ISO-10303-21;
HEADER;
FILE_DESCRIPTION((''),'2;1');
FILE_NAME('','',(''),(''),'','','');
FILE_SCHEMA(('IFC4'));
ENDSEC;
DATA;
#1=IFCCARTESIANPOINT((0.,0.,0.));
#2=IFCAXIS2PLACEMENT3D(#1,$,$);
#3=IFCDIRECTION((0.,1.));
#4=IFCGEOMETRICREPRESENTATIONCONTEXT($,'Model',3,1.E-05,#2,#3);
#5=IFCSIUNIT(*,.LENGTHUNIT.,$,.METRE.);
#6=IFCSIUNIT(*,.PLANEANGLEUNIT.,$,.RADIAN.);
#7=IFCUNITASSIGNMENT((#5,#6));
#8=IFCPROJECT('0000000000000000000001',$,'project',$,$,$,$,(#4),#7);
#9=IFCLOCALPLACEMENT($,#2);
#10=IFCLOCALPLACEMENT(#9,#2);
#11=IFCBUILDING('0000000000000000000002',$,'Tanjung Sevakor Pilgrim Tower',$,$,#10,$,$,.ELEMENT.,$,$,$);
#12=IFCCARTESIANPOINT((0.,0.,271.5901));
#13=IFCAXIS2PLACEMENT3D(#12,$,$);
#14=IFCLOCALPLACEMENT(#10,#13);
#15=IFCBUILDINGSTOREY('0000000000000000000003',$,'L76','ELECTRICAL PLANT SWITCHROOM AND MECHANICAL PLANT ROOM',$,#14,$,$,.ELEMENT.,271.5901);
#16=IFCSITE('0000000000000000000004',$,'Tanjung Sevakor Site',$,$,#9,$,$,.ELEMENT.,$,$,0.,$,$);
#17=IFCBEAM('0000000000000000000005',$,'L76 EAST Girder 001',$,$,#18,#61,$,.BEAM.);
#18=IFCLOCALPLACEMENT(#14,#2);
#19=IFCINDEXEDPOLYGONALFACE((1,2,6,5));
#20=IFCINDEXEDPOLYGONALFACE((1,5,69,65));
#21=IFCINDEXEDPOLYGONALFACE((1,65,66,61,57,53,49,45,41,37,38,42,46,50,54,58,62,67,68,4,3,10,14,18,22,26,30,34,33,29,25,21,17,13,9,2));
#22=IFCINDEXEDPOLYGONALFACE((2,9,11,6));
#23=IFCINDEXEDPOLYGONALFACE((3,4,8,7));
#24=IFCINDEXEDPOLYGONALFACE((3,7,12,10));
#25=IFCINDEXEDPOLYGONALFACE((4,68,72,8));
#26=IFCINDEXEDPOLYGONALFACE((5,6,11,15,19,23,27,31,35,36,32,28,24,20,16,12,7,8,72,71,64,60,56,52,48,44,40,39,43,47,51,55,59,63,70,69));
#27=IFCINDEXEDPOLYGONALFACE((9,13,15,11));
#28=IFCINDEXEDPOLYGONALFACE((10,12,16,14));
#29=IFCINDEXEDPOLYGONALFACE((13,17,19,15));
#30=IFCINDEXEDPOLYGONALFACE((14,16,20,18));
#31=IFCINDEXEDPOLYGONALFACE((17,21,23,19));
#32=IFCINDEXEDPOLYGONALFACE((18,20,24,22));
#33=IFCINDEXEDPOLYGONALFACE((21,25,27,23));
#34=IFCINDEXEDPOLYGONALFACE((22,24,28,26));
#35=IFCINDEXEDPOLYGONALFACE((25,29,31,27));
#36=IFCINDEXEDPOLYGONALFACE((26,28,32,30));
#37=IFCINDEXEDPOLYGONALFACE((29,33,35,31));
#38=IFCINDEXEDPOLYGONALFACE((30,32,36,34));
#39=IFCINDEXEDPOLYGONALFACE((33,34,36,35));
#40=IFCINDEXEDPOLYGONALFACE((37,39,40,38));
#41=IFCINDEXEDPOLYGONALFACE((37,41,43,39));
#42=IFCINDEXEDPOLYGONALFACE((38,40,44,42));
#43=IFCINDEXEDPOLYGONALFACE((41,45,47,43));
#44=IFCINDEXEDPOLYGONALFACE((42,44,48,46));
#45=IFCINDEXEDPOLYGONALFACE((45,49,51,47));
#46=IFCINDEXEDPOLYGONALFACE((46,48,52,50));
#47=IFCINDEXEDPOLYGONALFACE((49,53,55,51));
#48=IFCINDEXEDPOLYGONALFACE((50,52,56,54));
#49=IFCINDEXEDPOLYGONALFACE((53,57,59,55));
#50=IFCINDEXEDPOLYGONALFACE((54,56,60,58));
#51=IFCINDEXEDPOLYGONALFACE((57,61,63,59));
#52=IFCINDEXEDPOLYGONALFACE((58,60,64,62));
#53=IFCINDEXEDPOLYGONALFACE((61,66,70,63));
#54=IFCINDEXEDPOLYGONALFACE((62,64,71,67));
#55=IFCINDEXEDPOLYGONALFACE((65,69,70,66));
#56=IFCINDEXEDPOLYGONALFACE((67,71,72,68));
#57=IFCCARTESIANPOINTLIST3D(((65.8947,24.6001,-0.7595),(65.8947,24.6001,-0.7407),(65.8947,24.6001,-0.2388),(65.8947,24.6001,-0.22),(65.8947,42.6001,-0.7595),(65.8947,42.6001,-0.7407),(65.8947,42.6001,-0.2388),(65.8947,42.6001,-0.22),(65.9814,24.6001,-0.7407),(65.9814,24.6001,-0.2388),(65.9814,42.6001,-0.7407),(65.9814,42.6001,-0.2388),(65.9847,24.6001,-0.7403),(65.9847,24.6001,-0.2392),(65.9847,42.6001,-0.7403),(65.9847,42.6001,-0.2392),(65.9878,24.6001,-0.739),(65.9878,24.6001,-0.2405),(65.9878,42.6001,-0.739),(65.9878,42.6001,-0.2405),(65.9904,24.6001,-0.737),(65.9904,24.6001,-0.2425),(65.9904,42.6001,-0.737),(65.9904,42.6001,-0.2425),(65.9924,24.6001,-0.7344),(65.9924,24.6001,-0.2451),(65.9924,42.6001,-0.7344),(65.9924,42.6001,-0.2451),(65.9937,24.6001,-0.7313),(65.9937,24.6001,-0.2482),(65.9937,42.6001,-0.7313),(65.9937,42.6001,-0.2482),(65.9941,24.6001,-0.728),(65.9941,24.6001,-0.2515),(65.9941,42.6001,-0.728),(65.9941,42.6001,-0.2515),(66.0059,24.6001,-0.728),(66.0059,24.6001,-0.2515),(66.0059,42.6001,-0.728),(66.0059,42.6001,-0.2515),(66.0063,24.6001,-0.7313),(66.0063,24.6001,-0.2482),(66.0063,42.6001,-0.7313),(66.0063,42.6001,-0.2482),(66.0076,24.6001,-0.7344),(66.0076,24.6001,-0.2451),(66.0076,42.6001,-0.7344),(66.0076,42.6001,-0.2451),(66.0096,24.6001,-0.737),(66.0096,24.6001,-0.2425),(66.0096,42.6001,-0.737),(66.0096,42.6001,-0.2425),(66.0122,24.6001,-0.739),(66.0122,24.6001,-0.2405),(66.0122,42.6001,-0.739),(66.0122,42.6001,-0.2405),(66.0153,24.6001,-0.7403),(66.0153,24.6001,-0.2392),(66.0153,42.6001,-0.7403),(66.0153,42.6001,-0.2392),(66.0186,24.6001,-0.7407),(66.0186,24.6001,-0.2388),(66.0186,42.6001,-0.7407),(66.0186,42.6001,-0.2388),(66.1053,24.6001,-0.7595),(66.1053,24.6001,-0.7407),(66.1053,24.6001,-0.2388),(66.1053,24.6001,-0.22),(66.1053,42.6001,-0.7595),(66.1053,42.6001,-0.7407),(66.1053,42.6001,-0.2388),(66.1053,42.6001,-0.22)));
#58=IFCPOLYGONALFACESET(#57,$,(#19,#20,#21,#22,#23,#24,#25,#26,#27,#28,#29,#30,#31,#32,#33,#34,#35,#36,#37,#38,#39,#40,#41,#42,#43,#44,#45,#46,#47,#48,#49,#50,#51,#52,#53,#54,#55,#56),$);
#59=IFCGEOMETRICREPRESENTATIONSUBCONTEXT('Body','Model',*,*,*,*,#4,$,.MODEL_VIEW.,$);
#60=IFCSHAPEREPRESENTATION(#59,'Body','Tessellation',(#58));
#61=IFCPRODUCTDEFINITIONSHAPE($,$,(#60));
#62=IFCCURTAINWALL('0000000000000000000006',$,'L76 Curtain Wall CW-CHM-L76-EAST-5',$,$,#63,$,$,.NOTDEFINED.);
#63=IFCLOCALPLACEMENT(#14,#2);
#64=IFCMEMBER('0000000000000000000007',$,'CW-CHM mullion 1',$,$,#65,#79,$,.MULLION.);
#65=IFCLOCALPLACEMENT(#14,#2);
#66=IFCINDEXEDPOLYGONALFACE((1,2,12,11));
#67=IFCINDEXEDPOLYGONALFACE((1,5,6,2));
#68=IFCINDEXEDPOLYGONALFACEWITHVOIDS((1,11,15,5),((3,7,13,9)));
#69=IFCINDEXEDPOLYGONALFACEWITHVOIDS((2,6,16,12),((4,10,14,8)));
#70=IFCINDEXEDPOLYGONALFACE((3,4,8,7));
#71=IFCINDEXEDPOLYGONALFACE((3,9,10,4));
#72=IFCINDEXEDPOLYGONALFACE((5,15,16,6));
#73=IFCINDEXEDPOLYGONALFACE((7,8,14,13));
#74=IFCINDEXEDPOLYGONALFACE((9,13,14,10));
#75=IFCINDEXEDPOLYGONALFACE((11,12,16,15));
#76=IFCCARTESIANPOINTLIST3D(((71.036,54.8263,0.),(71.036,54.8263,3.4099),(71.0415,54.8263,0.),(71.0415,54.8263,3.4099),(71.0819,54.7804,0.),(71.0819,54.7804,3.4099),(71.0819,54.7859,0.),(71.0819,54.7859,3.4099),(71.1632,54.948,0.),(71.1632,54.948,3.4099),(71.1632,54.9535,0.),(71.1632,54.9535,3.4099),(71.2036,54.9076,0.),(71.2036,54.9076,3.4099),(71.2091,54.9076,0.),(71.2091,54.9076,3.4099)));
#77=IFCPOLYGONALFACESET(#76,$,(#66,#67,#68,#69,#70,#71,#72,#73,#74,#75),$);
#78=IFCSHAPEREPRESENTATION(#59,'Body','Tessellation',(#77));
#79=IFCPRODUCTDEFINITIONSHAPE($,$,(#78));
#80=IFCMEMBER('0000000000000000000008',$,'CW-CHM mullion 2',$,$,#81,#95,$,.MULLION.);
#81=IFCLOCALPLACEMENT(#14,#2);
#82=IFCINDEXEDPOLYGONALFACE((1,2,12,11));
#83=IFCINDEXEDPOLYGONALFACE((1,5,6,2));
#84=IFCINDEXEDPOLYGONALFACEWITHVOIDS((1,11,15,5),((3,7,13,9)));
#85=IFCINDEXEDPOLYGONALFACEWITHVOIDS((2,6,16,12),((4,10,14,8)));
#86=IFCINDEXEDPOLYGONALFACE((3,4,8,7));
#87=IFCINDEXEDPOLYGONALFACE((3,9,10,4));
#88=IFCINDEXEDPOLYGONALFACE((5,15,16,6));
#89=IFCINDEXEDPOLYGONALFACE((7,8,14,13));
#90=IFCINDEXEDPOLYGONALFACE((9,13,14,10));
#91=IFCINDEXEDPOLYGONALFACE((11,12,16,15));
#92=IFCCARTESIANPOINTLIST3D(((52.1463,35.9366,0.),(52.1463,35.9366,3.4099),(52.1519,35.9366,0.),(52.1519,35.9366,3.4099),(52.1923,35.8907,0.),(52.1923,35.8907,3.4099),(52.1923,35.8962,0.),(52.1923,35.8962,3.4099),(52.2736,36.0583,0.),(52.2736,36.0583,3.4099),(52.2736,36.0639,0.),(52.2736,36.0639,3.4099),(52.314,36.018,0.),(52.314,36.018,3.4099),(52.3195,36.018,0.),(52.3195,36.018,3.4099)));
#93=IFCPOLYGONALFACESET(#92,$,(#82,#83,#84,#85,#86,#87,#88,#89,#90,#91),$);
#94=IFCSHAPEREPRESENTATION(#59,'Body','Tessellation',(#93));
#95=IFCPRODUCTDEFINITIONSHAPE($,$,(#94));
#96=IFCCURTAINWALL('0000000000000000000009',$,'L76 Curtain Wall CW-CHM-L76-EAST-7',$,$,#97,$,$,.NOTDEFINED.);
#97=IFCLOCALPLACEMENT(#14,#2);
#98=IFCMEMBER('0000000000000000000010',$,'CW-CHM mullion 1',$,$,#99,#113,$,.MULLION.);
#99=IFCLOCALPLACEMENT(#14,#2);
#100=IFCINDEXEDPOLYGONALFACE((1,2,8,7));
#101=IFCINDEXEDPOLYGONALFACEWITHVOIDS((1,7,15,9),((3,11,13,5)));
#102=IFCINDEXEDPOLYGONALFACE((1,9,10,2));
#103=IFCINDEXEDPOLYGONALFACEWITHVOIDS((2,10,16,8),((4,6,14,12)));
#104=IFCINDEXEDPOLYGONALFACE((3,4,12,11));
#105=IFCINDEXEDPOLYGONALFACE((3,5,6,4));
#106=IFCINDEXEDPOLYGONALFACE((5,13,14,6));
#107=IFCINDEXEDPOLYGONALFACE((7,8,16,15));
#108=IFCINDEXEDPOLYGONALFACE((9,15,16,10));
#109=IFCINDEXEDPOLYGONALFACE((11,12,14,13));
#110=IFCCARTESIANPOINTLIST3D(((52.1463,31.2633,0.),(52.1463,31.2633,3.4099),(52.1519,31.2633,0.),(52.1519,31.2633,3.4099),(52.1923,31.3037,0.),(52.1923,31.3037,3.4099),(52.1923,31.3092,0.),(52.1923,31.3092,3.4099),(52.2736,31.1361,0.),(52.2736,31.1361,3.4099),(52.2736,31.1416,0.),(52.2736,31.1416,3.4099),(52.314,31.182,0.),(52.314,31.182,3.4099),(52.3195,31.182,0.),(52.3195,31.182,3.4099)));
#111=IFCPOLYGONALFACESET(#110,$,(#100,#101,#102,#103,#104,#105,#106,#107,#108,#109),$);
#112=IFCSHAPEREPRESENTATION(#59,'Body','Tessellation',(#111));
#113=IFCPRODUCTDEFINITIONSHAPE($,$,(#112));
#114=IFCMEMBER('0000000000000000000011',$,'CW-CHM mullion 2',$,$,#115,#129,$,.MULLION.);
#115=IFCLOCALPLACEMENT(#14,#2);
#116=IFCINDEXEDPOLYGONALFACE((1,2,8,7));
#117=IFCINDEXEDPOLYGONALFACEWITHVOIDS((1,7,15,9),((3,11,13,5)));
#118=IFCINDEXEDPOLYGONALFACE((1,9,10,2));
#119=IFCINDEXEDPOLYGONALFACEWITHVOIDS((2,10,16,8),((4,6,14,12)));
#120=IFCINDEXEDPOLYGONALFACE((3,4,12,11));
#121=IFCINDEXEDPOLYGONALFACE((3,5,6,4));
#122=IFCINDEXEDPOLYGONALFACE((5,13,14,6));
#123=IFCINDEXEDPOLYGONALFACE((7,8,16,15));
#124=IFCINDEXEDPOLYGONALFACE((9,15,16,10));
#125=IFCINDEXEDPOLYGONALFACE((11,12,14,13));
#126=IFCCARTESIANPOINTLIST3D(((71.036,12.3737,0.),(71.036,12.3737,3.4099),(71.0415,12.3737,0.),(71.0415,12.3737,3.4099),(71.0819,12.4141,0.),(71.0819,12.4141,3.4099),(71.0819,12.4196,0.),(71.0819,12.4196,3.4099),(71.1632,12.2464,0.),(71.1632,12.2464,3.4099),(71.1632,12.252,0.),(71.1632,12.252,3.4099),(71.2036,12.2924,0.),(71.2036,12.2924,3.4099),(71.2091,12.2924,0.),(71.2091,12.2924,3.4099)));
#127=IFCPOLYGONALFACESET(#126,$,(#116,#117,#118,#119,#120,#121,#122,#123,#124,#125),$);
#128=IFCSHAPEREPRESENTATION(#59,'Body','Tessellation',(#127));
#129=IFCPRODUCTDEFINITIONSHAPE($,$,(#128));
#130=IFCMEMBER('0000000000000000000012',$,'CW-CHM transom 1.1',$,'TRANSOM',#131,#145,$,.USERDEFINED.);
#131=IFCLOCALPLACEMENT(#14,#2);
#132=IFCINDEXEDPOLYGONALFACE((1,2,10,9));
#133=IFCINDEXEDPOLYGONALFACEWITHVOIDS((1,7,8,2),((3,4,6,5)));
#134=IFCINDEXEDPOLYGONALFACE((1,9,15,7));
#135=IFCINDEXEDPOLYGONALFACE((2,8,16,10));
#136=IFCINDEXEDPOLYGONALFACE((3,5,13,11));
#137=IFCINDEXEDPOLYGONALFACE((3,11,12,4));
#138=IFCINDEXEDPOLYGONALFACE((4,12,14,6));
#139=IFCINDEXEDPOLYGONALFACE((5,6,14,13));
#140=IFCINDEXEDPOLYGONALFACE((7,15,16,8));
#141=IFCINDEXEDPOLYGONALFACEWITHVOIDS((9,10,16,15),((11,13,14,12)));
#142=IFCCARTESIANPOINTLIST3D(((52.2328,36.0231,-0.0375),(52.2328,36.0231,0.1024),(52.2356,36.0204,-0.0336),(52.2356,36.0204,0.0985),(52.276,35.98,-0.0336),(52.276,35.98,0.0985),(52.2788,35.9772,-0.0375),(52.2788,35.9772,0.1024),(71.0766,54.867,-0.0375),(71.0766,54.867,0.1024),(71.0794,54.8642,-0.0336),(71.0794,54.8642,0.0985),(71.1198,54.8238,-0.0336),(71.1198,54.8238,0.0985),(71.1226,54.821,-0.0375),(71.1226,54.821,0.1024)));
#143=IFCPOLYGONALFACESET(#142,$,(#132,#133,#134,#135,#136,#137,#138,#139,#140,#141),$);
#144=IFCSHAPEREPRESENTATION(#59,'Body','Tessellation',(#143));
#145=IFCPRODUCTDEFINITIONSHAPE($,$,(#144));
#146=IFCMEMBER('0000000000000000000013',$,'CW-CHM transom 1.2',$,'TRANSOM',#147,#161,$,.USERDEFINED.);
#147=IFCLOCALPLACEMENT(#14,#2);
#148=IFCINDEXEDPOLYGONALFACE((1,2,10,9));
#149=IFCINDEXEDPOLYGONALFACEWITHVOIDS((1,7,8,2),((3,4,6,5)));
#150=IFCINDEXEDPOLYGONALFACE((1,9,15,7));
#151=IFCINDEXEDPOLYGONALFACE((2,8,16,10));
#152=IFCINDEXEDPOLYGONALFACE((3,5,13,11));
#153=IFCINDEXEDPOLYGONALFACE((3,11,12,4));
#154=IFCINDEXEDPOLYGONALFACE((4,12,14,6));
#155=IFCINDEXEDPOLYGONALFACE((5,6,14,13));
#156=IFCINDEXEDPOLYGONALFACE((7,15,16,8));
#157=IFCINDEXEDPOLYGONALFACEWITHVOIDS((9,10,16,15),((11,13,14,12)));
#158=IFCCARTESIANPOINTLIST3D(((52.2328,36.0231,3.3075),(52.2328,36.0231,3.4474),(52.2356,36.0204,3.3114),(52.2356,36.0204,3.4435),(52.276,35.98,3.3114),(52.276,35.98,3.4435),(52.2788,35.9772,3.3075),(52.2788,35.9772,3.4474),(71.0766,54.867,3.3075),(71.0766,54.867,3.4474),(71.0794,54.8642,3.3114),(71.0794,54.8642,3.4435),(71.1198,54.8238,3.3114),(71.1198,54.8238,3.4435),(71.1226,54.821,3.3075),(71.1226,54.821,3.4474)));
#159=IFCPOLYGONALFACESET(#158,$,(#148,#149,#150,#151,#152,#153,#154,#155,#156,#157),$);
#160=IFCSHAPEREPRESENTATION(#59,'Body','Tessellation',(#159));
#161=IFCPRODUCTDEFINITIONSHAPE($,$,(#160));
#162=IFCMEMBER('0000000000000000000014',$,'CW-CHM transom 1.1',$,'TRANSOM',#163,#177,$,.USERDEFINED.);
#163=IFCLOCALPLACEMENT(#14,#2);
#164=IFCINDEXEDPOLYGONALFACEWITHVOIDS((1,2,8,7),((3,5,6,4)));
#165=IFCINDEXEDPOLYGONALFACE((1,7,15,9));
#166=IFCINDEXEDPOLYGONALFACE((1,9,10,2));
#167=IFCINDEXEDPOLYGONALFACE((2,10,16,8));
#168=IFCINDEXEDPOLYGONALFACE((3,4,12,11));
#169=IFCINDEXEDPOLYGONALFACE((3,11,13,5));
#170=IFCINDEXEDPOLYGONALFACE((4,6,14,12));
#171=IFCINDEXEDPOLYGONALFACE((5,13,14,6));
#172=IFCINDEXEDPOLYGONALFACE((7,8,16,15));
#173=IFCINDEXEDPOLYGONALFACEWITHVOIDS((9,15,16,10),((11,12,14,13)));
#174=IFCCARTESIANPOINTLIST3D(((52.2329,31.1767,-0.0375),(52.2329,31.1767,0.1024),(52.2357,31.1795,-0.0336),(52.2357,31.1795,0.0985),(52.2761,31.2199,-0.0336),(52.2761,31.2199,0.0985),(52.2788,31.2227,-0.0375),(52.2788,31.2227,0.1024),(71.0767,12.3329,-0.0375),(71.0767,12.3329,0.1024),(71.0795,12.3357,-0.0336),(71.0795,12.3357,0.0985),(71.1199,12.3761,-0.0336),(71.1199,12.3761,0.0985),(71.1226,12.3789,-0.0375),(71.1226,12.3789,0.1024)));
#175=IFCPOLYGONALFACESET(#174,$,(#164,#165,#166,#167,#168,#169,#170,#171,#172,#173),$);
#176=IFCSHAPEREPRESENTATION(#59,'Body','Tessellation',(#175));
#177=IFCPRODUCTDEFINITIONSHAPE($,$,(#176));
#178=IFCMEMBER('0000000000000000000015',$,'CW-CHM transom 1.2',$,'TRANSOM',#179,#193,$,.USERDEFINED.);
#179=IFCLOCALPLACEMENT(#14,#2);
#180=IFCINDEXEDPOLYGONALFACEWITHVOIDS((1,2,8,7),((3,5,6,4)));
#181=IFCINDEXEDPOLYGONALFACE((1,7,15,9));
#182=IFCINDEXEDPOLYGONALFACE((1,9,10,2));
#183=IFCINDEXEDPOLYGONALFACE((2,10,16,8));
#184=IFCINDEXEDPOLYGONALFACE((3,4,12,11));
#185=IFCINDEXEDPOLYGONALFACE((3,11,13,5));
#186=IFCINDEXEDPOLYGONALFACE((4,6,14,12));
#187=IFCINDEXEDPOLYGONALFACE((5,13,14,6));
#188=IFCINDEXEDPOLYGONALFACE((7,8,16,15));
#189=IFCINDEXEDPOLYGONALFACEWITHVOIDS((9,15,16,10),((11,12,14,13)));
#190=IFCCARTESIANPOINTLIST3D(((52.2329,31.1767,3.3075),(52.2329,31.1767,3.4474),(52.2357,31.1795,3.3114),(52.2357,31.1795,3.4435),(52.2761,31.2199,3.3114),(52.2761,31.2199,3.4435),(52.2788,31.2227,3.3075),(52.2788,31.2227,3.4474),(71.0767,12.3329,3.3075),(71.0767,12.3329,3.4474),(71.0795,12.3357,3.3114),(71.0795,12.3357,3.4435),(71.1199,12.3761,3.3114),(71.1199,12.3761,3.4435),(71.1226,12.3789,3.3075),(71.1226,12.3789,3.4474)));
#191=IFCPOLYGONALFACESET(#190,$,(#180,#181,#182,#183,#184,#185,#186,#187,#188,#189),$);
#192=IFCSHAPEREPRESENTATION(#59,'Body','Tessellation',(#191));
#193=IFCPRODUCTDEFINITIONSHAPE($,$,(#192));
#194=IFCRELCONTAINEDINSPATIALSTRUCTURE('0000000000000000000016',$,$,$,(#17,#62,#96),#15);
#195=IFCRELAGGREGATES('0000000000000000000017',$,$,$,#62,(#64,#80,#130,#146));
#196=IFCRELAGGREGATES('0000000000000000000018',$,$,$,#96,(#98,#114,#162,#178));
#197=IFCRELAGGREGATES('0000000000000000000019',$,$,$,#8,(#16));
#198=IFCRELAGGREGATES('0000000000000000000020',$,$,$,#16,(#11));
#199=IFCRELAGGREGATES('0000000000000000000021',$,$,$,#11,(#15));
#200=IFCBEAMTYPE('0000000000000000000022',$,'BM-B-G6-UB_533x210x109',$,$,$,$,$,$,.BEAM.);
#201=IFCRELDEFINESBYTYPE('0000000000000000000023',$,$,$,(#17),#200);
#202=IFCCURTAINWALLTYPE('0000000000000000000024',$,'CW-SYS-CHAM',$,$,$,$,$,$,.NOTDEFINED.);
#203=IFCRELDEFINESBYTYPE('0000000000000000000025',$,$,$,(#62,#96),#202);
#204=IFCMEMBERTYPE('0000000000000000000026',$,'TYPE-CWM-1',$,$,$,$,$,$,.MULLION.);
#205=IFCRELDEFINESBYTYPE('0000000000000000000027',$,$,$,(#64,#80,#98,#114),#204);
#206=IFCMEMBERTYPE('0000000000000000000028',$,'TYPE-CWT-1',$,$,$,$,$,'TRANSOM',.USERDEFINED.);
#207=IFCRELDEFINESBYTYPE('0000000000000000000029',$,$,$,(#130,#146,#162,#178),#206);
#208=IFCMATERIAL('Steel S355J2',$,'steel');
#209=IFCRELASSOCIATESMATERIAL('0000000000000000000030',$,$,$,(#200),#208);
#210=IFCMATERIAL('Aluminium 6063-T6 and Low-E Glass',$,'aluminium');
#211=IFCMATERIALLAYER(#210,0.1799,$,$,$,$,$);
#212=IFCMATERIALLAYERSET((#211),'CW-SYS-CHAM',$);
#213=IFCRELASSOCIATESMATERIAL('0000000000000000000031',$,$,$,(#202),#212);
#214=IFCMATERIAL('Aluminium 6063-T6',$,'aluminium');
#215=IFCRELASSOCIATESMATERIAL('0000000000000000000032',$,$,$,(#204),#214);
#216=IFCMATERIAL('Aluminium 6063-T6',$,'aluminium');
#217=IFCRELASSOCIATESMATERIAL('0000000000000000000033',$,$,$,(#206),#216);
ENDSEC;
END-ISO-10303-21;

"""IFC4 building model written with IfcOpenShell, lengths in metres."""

from ifc_helpers import new_model, si_unit, direction, frame, origin, origin_2d, place, context, subcontext, project, spatial, hollow_rectangle, i_section, extrude, material, layer, layer_set, material_profile, profile_set, type_object, element, aggregate, save


model = new_model("IFC4")

# Units and contexts
model_context = context("Model", 3, precision=1e-05, world=origin(), true_north=direction((0.0, 1.0)))
body_context = subcontext(model_context, "Body", "Model", "MODEL_VIEW")
ifc_project = project(units=[si_unit("LENGTHUNIT", "METRE"), si_unit("PLANEANGLEUNIT", "RADIAN")], contexts=[model_context])

# Site, building, storey
site_placement = place(None, origin())
site = spatial("IfcSite", under=ifc_project, at=site_placement, Name="Tanjung Sevakor Site", CompositionType="ELEMENT", RefElevation=0.0)
building_placement = place(site_placement, origin())
building = spatial("IfcBuilding", under=site, at=building_placement, Name="Tanjung Sevakor Pilgrim Tower", CompositionType="ELEMENT")
storey_placement = place(building_placement, frame((0.0, 0.0, 271.5901)))
storey = spatial("IfcBuildingStorey", under=building, at=storey_placement, Name="L76", Description="ELECTRICAL PLANT SWITCHROOM AND MECHANICAL PLANT ROOM", CompositionType="ELEMENT", Elevation=271.5901)

# Beam
ifc_material_1 = material(Name="Steel S355J2", Category="steel")
ifc_material_profile_1 = material_profile(ifc_material_1, i_section(OverallWidth=0.2107, OverallDepth=0.5396, WebThickness=0.0117, FlangeThickness=0.0188, FilletRadius=0.0127, at=origin_2d()))
ifc_profile_set_1 = profile_set([ifc_material_profile_1], Name="Steel S355J2")
beam_type_1 = type_object("IfcBeamType", Name="BM-B-G6-UB_533x210x109", PredefinedType="BEAM", material=ifc_profile_set_1)
beam_placement = place(storey_placement, frame((66.0, 24.6001, -0.4897), z_axis=(0.0, 1.0, 0.0), x_axis=(-1.0, 0.0, 0.0)))
element("IfcBeam", 1, at=beam_placement, inside=storey, type_object=beam_type_1, Name="L76 EAST Girder 001", PredefinedType="BEAM", context=body_context, shape_type="SweptSolid", body=[
    extrude(i_section(OverallWidth=0.2107, OverallDepth=0.5396, WebThickness=0.0117, FlangeThickness=0.0188, FilletRadius=0.0127, at=origin_2d()), origin(), (0.0, 0.0, 1.0), 18.0),
])

# Curtain walls, members
ifc_material_2 = material(Name="Aluminium 6063-T6 and Low-E Glass", Category="aluminium")
ifc_layer_1 = layer(ifc_material_2, 0.1799)
ifc_layer_set_1 = layer_set([ifc_layer_1], Name="CW-SYS-CHAM")
curtain_wall_type = type_object("IfcCurtainWallType", Name="CW-SYS-CHAM", PredefinedType="NOTDEFINED", material=ifc_layer_set_1)
curtain_wall_1_placement = place(storey_placement, origin())
curtain_wall_1 = element("IfcCurtainWall", 2, at=curtain_wall_1_placement, inside=storey, type_object=curtain_wall_type, Name="L76 Curtain Wall CW-CHM-L76-EAST-5", PredefinedType="NOTDEFINED")
ifc_material_3 = material(Name="Aluminium 6063-T6", Category="aluminium")
ifc_material_profile_2 = material_profile(ifc_material_3, hollow_rectangle(XDim=0.0649, YDim=0.1799, WallThickness=0.0039, at=origin_2d()))
ifc_profile_set_2 = profile_set([ifc_material_profile_2], Name="Aluminium 6063-T6")
member_type_1 = type_object("IfcMemberType", Name="TYPE-CWM-1", PredefinedType="MULLION", material=ifc_profile_set_2)
member_1_placement = place(storey_placement, frame((71.1226, 54.8669, 0.0), z_axis=(0.0, 0.0, 1.0), x_axis=(0.707107, -0.707107, 0.0)))
member_1 = element("IfcMember", 3, at=member_1_placement, type_object=member_type_1, Name="CW-CHM mullion 1", PredefinedType="MULLION", context=body_context, shape_type="SweptSolid", body=[
    extrude(hollow_rectangle(XDim=0.0649, YDim=0.1799, WallThickness=0.0039, at=origin_2d()), origin(), (0.0, 0.0, 1.0), 3.4099),
])
member_2_placement = place(storey_placement, frame((52.2329, 35.9773, 0.0), z_axis=(0.0, 0.0, 1.0), x_axis=(0.707107, -0.707107, 0.0)))
member_2 = element("IfcMember", 4, at=member_2_placement, type_object=member_type_1, Name="CW-CHM mullion 2", PredefinedType="MULLION", context=body_context, shape_type="SweptSolid", body=[
    extrude(hollow_rectangle(XDim=0.0649, YDim=0.1799, WallThickness=0.0039, at=origin_2d()), origin(), (0.0, 0.0, 1.0), 3.4099),
])
curtain_wall_2_placement = place(storey_placement, origin())
curtain_wall_2 = element("IfcCurtainWall", 5, at=curtain_wall_2_placement, inside=storey, type_object=curtain_wall_type, Name="L76 Curtain Wall CW-CHM-L76-EAST-7", PredefinedType="NOTDEFINED")
member_3_placement = place(storey_placement, frame((52.2329, 31.2227, 0.0), z_axis=(0.0, 0.0, 1.0), x_axis=(0.707107, 0.707107, 0.0)))
member_3 = element("IfcMember", 6, at=member_3_placement, type_object=member_type_1, Name="CW-CHM mullion 1", PredefinedType="MULLION", context=body_context, shape_type="SweptSolid", body=[
    extrude(hollow_rectangle(XDim=0.0649, YDim=0.1799, WallThickness=0.0039, at=origin_2d()), origin(), (0.0, 0.0, 1.0), 3.4099),
])
member_4_placement = place(storey_placement, frame((71.1226, 12.333, 0.0), z_axis=(0.0, 0.0, 1.0), x_axis=(0.707107, 0.707107, 0.0)))
member_4 = element("IfcMember", 7, at=member_4_placement, type_object=member_type_1, Name="CW-CHM mullion 2", PredefinedType="MULLION", context=body_context, shape_type="SweptSolid", body=[
    extrude(hollow_rectangle(XDim=0.0649, YDim=0.1799, WallThickness=0.0039, at=origin_2d()), origin(), (0.0, 0.0, 1.0), 3.4099),
])

# Members
ifc_material_4 = material(Name="Aluminium 6063-T6", Category="aluminium")
ifc_material_profile_3 = material_profile(ifc_material_4, hollow_rectangle(XDim=0.0649, YDim=0.1399, WallThickness=0.0039, at=origin_2d()))
ifc_profile_set_3 = profile_set([ifc_material_profile_3], Name="Aluminium 6063-T6")
member_type_2 = type_object("IfcMemberType", Name="TYPE-CWT-1", ElementType="TRANSOM", PredefinedType="USERDEFINED", material=ifc_profile_set_3)
member_5_placement = place(storey_placement, frame((71.0996, 54.844, 0.0325), z_axis=(-0.707107, -0.707107, 0.0), x_axis=(0.707107, -0.707107, 0.0)))
member_5 = element("IfcMember", 8, at=member_5_placement, type_object=member_type_2, Name="CW-CHM transom 1.1", ObjectType="TRANSOM", PredefinedType="USERDEFINED", context=body_context, shape_type="SweptSolid", body=[
    extrude(hollow_rectangle(XDim=0.0649, YDim=0.1399, WallThickness=0.0039, at=origin_2d()), origin(), (0.0, 0.0, 1.0), 26.6492),
])
member_6_placement = place(storey_placement, frame((71.0996, 54.844, 3.3774), z_axis=(-0.707107, -0.707107, 0.0), x_axis=(0.707107, -0.707107, 0.0)))
member_6 = element("IfcMember", 9, at=member_6_placement, type_object=member_type_2, Name="CW-CHM transom 1.2", ObjectType="TRANSOM", PredefinedType="USERDEFINED", context=body_context, shape_type="SweptSolid", body=[
    extrude(hollow_rectangle(XDim=0.0649, YDim=0.1399, WallThickness=0.0039, at=origin_2d()), origin(), (0.0, 0.0, 1.0), 26.6492),
])
member_7_placement = place(storey_placement, frame((52.2559, 31.1997, 0.0325), z_axis=(0.707107, -0.707107, 0.0), x_axis=(0.707107, 0.707107, 0.0)))
member_7 = element("IfcMember", 10, at=member_7_placement, type_object=member_type_2, Name="CW-CHM transom 1.1", ObjectType="TRANSOM", PredefinedType="USERDEFINED", context=body_context, shape_type="SweptSolid", body=[
    extrude(hollow_rectangle(XDim=0.0649, YDim=0.1399, WallThickness=0.0039, at=origin_2d()), origin(), (0.0, 0.0, 1.0), 26.6492),
])
member_8_placement = place(storey_placement, frame((52.2559, 31.1997, 3.3774), z_axis=(0.707107, -0.707107, 0.0), x_axis=(0.707107, 0.707107, 0.0)))
member_8 = element("IfcMember", 11, at=member_8_placement, type_object=member_type_2, Name="CW-CHM transom 1.2", ObjectType="TRANSOM", PredefinedType="USERDEFINED", context=body_context, shape_type="SweptSolid", body=[
    extrude(hollow_rectangle(XDim=0.0649, YDim=0.1399, WallThickness=0.0039, at=origin_2d()), origin(), (0.0, 0.0, 1.0), 26.6492),
])

aggregate(curtain_wall_1, [member_1, member_2, member_5, member_6])
aggregate(curtain_wall_2, [member_3, member_4, member_7, member_8])

save(model, "model.ifc")
